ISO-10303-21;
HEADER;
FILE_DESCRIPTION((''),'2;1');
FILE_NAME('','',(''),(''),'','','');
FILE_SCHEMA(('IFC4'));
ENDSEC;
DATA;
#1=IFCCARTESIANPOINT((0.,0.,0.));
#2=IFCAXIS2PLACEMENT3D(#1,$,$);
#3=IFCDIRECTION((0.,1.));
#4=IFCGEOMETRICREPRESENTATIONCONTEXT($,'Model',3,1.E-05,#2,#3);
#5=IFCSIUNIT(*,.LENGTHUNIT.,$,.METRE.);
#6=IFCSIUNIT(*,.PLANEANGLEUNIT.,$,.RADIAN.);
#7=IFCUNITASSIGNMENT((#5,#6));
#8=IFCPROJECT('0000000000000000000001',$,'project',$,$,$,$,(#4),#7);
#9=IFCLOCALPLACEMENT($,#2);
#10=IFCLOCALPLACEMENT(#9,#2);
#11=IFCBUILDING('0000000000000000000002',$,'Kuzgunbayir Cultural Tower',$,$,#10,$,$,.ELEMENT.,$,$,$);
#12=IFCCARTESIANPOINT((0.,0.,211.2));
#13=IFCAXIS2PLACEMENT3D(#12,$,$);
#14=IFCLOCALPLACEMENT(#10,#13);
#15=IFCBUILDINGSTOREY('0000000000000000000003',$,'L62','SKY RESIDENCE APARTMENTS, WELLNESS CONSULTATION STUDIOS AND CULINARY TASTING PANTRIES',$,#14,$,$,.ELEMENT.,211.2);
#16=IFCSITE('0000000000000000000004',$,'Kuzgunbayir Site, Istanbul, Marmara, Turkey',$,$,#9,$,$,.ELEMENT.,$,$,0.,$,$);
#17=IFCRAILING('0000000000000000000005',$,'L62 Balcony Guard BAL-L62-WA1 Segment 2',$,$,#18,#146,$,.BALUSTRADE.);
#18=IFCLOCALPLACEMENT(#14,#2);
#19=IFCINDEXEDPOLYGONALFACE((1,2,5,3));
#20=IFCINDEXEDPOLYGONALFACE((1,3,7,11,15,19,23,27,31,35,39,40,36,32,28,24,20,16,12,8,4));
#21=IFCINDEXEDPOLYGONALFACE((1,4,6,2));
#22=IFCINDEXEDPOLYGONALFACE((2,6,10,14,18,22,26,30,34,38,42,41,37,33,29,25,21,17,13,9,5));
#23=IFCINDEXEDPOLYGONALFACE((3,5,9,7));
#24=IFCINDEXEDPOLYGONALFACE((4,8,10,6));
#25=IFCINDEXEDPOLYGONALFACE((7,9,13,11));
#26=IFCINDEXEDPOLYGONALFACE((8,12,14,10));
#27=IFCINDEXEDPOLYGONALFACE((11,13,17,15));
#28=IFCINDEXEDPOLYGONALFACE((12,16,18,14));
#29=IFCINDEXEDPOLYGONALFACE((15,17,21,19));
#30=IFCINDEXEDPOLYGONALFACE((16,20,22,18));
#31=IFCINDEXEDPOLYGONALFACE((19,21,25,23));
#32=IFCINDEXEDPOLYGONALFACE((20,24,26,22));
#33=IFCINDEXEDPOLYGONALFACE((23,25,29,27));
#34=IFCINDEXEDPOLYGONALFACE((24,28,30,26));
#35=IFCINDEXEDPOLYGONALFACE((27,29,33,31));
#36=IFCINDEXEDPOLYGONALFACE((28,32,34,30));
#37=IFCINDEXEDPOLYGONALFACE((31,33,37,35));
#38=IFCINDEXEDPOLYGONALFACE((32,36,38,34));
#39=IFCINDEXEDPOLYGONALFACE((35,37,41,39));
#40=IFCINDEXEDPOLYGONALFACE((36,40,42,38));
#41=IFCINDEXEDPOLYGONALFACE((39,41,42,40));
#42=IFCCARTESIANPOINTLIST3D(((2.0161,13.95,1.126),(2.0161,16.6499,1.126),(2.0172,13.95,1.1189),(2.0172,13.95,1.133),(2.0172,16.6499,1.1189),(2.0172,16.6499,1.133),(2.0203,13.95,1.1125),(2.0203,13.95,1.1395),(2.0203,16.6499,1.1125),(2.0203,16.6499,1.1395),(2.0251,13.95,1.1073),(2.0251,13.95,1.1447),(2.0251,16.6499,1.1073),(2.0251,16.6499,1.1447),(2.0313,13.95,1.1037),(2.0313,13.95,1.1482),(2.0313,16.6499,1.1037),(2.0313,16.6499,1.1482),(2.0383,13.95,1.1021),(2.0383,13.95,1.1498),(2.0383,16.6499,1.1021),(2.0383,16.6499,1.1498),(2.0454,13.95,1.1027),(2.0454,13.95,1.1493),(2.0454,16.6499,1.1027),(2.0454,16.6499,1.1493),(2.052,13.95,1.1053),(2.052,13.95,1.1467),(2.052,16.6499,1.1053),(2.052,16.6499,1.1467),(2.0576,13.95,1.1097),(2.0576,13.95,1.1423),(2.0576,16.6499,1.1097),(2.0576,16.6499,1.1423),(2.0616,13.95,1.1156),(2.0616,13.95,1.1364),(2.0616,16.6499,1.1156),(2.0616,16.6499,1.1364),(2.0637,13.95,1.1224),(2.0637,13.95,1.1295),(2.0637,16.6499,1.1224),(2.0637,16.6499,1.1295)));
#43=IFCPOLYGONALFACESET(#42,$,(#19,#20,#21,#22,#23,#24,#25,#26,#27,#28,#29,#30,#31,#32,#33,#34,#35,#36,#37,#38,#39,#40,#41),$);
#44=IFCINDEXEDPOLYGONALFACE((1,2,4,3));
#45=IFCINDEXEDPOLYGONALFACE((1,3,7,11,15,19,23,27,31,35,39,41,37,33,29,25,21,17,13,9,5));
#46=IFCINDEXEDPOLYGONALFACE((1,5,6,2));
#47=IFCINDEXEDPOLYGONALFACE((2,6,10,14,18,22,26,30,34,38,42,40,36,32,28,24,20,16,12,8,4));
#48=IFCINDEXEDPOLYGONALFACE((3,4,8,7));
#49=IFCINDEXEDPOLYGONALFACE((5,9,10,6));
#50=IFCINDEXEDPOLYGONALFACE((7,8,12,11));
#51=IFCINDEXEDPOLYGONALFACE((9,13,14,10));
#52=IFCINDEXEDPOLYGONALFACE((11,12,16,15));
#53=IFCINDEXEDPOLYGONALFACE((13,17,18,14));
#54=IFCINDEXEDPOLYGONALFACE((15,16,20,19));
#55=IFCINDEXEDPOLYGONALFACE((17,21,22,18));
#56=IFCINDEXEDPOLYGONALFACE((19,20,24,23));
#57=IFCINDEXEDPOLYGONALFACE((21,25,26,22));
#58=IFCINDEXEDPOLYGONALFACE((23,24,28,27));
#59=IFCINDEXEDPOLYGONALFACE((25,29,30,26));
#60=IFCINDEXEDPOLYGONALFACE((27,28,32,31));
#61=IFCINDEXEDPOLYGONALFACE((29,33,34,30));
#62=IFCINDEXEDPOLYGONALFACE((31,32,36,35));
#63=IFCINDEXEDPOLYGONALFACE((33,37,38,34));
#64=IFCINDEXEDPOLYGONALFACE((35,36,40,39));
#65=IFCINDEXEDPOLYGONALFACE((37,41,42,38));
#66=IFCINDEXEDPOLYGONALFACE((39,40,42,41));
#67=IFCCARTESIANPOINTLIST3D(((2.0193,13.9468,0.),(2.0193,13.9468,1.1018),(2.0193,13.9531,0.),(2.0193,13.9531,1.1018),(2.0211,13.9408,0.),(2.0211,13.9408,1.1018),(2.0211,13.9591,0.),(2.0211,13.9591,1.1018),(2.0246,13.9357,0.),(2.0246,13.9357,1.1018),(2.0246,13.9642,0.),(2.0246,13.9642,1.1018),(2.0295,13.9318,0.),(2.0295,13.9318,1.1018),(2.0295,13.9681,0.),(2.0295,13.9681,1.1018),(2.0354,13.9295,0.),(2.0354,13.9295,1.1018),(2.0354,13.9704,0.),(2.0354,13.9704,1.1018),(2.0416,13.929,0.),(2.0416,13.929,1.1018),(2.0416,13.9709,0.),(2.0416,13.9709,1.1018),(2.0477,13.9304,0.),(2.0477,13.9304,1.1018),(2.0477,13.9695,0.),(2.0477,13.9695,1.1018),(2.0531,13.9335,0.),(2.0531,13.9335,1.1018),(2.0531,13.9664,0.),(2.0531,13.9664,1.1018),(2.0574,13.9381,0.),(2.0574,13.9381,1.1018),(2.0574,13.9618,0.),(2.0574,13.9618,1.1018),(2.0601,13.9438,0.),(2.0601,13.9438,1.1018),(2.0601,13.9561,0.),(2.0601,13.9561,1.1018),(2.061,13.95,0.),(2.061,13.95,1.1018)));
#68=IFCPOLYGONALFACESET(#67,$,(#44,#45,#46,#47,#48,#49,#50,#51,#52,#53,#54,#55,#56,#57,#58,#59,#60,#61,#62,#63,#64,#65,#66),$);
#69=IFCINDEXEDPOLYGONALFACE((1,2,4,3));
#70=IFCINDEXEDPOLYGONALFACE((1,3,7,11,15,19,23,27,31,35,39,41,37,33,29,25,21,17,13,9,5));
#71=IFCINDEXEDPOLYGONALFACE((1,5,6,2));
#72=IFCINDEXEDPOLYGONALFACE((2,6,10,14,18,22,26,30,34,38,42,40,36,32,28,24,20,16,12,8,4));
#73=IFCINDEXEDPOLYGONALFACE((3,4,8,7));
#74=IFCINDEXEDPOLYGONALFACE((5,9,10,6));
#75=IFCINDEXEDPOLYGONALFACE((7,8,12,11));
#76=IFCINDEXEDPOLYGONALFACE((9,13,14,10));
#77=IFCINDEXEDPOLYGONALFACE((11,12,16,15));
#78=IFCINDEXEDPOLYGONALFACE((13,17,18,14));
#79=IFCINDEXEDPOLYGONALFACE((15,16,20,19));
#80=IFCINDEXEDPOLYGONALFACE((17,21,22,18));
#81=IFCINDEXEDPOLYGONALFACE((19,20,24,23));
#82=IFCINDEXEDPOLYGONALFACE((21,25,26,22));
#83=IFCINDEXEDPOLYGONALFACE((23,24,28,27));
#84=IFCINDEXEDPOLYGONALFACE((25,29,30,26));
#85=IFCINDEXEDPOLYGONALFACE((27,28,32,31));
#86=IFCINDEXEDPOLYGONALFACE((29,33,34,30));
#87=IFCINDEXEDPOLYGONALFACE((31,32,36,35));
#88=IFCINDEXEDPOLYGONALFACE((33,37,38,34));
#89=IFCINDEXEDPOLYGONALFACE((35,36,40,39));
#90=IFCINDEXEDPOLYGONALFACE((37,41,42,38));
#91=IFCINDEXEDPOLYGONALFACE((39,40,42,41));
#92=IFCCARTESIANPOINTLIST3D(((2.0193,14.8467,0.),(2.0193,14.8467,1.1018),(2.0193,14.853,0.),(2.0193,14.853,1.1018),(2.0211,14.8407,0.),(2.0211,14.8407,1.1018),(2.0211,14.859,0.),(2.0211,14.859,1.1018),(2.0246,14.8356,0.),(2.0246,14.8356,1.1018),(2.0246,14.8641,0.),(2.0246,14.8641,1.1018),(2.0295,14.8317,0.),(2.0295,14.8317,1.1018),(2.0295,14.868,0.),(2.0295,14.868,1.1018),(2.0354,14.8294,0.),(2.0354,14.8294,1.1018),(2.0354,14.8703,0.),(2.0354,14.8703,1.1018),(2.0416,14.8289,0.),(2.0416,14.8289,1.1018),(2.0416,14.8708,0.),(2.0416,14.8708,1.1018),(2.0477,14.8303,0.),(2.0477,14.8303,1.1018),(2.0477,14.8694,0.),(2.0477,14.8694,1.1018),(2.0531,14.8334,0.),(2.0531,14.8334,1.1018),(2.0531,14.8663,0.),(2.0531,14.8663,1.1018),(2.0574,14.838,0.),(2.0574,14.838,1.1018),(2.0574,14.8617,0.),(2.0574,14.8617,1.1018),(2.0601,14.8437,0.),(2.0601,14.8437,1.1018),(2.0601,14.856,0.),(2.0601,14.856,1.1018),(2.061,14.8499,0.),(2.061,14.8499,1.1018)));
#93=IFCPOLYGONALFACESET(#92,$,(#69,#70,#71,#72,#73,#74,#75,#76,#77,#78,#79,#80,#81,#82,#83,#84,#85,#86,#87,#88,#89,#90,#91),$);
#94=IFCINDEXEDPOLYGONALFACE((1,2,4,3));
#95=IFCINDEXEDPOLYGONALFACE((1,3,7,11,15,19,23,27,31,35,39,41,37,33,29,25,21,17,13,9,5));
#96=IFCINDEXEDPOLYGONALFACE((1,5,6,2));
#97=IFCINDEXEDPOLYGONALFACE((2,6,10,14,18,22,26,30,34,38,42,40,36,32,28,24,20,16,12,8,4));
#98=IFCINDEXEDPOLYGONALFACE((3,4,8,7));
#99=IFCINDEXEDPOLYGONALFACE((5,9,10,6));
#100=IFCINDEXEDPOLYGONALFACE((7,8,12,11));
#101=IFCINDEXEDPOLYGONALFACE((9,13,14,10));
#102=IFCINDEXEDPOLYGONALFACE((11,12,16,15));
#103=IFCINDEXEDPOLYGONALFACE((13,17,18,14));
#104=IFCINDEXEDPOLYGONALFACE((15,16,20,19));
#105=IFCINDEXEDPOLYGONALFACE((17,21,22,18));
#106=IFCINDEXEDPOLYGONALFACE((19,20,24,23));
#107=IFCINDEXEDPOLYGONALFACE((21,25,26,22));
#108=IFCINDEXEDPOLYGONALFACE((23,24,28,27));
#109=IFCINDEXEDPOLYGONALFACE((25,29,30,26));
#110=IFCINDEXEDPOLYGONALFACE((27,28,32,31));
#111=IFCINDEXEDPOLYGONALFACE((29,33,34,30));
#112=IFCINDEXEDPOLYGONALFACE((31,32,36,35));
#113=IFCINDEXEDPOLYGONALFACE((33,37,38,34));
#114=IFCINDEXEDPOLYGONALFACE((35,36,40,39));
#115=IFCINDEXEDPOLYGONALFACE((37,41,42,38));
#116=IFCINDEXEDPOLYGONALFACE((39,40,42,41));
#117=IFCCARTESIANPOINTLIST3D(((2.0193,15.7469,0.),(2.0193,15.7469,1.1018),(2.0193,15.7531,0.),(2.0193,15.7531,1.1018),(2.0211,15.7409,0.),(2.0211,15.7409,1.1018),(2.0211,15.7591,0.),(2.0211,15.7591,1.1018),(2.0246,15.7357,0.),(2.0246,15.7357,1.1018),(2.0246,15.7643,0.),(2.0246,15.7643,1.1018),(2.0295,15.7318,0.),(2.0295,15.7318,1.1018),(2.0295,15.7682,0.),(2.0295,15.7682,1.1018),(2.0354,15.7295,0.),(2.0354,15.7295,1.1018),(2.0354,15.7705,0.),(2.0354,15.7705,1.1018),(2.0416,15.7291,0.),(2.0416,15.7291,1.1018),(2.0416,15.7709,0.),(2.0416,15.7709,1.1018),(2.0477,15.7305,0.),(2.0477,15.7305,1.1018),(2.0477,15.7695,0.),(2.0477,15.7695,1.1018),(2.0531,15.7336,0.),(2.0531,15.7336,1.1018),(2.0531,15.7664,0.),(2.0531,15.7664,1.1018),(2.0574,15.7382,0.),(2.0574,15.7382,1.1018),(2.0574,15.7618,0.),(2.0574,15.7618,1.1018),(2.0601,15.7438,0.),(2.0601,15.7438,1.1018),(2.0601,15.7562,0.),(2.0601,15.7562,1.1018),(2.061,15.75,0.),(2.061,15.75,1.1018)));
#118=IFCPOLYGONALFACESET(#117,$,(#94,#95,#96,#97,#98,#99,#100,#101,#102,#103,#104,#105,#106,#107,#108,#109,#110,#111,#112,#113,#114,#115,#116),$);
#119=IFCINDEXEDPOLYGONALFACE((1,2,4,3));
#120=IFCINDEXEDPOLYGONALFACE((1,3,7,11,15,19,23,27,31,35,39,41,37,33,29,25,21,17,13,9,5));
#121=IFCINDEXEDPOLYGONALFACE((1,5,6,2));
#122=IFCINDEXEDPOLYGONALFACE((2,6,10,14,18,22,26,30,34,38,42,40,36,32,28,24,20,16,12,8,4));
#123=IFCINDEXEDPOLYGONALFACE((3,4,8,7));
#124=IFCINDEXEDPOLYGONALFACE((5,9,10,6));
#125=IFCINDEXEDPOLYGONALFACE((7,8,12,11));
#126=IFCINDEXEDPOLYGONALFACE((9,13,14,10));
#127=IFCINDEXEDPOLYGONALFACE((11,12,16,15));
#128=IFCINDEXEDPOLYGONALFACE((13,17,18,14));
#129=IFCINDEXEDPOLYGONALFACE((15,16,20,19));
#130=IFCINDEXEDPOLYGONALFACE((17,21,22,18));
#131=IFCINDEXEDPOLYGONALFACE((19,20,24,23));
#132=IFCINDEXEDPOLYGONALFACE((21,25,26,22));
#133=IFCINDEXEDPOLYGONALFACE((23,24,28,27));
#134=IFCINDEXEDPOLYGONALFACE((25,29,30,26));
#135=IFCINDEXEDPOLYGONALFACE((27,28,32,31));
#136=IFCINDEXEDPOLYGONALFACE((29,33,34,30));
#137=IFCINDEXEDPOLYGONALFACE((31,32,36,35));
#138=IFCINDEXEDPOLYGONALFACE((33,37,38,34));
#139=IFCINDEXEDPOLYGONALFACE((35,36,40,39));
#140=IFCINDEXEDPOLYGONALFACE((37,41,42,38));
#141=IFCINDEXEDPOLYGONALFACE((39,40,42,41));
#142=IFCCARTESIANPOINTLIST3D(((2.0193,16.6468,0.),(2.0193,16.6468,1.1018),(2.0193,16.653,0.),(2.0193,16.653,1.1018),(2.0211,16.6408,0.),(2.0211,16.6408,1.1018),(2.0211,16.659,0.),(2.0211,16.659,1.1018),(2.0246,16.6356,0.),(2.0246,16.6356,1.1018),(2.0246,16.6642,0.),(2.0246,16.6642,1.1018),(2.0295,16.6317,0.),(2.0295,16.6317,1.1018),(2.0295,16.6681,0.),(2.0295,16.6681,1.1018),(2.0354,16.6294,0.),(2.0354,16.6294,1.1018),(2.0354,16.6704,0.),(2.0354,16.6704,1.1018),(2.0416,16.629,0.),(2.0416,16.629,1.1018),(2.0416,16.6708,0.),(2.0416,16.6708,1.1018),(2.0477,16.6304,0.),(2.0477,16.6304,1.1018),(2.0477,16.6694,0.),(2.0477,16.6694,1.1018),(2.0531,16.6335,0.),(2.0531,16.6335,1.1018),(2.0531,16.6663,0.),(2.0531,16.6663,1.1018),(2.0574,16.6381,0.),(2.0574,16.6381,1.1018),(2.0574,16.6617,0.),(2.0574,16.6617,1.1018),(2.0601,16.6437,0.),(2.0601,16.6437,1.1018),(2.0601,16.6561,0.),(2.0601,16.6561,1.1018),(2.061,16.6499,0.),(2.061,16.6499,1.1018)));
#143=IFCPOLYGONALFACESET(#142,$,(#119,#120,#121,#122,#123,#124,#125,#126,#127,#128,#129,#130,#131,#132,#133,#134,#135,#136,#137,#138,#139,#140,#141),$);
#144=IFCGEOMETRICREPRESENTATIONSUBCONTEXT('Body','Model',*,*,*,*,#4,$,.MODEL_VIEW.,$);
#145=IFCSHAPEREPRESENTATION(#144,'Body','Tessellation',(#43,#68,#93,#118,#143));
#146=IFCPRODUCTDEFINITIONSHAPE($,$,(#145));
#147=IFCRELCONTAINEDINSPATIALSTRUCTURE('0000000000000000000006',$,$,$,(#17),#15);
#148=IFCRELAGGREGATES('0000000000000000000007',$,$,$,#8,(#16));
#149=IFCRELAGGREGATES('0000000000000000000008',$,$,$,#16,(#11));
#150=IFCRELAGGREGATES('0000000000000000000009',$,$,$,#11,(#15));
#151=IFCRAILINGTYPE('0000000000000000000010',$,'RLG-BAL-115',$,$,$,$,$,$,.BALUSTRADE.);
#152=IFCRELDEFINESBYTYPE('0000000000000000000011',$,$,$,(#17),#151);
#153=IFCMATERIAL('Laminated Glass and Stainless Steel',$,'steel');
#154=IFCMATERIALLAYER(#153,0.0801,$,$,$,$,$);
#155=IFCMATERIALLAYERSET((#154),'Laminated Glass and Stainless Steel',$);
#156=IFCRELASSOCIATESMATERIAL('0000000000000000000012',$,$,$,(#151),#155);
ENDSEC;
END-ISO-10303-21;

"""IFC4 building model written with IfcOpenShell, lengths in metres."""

from ifc_helpers import new_model, si_unit, direction, frame, origin, origin_2d, place, context, subcontext, project, spatial, circle, extrude, material, layer, layer_set, type_object, element, save


model = new_model("IFC4")

# Units and contexts
model_context = context("Model", 3, precision=1e-05, world=origin(), true_north=direction((0.0, 1.0)))
body_context = subcontext(model_context, "Body", "Model", "MODEL_VIEW")
ifc_project = project(units=[si_unit("LENGTHUNIT", "METRE"), si_unit("PLANEANGLEUNIT", "RADIAN")], contexts=[model_context])

# Site, building, storey
site_placement = place(None, origin())
site = spatial("IfcSite", under=ifc_project, at=site_placement, Name="Kuzgunbayir Site, Istanbul, Marmara, Turkey", CompositionType="ELEMENT", RefElevation=0.0)
building_placement = place(site_placement, origin())
building = spatial("IfcBuilding", under=site, at=building_placement, Name="Kuzgunbayir Cultural Tower", CompositionType="ELEMENT")
storey_placement = place(building_placement, frame((0.0, 0.0, 211.2)))
storey = spatial("IfcBuildingStorey", under=building, at=storey_placement, Name="L62", Description="SKY RESIDENCE APARTMENTS, WELLNESS CONSULTATION STUDIOS AND CULINARY TASTING PANTRIES", CompositionType="ELEMENT", Elevation=211.2)

# Railing
ifc_material_1 = material(Name="Laminated Glass and Stainless Steel", Category="steel")
ifc_layer_1 = layer(ifc_material_1, 0.0801)
ifc_layer_set_1 = layer_set([ifc_layer_1], Name="Laminated Glass and Stainless Steel")
railing_type = type_object("IfcRailingType", Name="RLG-BAL-115", PredefinedType="BALUSTRADE", material=ifc_layer_set_1)
railing_1_placement = place(storey_placement, frame((2.04, 13.95, 0.0)))
element("IfcRailing", 1, at=railing_1_placement, inside=storey, type_object=railing_type, Name="L62 Balcony Guard BAL-L62-WA1 Segment 2", PredefinedType="BALUSTRADE", context=body_context, shape_type="SweptSolid", body=[
    extrude(circle(Radius=0.0239, at=origin_2d()), frame((0.0, 0.0, 1.126), z_axis=(0.0, 1.0, 0.0), x_axis=(-1.0, 0.0, 0.0)), (0.0, 0.0, 1.0), 2.7),
    extrude(circle(Radius=0.021, at=origin_2d()), origin(), (0.0, 0.0, 1.0), 1.1018),
    extrude(circle(Radius=0.021, at=origin_2d()), frame((0.0, 0.8999, 0.0)), (0.0, 0.0, 1.0), 1.1018),
    extrude(circle(Radius=0.021, at=origin_2d()), frame((0.0, 1.8, 0.0)), (0.0, 0.0, 1.0), 1.1018),
    extrude(circle(Radius=0.021, at=origin_2d()), frame((0.0, 2.7, 0.0)), (0.0, 0.0, 1.0), 1.1018),
])

save(model, "model.ifc")
